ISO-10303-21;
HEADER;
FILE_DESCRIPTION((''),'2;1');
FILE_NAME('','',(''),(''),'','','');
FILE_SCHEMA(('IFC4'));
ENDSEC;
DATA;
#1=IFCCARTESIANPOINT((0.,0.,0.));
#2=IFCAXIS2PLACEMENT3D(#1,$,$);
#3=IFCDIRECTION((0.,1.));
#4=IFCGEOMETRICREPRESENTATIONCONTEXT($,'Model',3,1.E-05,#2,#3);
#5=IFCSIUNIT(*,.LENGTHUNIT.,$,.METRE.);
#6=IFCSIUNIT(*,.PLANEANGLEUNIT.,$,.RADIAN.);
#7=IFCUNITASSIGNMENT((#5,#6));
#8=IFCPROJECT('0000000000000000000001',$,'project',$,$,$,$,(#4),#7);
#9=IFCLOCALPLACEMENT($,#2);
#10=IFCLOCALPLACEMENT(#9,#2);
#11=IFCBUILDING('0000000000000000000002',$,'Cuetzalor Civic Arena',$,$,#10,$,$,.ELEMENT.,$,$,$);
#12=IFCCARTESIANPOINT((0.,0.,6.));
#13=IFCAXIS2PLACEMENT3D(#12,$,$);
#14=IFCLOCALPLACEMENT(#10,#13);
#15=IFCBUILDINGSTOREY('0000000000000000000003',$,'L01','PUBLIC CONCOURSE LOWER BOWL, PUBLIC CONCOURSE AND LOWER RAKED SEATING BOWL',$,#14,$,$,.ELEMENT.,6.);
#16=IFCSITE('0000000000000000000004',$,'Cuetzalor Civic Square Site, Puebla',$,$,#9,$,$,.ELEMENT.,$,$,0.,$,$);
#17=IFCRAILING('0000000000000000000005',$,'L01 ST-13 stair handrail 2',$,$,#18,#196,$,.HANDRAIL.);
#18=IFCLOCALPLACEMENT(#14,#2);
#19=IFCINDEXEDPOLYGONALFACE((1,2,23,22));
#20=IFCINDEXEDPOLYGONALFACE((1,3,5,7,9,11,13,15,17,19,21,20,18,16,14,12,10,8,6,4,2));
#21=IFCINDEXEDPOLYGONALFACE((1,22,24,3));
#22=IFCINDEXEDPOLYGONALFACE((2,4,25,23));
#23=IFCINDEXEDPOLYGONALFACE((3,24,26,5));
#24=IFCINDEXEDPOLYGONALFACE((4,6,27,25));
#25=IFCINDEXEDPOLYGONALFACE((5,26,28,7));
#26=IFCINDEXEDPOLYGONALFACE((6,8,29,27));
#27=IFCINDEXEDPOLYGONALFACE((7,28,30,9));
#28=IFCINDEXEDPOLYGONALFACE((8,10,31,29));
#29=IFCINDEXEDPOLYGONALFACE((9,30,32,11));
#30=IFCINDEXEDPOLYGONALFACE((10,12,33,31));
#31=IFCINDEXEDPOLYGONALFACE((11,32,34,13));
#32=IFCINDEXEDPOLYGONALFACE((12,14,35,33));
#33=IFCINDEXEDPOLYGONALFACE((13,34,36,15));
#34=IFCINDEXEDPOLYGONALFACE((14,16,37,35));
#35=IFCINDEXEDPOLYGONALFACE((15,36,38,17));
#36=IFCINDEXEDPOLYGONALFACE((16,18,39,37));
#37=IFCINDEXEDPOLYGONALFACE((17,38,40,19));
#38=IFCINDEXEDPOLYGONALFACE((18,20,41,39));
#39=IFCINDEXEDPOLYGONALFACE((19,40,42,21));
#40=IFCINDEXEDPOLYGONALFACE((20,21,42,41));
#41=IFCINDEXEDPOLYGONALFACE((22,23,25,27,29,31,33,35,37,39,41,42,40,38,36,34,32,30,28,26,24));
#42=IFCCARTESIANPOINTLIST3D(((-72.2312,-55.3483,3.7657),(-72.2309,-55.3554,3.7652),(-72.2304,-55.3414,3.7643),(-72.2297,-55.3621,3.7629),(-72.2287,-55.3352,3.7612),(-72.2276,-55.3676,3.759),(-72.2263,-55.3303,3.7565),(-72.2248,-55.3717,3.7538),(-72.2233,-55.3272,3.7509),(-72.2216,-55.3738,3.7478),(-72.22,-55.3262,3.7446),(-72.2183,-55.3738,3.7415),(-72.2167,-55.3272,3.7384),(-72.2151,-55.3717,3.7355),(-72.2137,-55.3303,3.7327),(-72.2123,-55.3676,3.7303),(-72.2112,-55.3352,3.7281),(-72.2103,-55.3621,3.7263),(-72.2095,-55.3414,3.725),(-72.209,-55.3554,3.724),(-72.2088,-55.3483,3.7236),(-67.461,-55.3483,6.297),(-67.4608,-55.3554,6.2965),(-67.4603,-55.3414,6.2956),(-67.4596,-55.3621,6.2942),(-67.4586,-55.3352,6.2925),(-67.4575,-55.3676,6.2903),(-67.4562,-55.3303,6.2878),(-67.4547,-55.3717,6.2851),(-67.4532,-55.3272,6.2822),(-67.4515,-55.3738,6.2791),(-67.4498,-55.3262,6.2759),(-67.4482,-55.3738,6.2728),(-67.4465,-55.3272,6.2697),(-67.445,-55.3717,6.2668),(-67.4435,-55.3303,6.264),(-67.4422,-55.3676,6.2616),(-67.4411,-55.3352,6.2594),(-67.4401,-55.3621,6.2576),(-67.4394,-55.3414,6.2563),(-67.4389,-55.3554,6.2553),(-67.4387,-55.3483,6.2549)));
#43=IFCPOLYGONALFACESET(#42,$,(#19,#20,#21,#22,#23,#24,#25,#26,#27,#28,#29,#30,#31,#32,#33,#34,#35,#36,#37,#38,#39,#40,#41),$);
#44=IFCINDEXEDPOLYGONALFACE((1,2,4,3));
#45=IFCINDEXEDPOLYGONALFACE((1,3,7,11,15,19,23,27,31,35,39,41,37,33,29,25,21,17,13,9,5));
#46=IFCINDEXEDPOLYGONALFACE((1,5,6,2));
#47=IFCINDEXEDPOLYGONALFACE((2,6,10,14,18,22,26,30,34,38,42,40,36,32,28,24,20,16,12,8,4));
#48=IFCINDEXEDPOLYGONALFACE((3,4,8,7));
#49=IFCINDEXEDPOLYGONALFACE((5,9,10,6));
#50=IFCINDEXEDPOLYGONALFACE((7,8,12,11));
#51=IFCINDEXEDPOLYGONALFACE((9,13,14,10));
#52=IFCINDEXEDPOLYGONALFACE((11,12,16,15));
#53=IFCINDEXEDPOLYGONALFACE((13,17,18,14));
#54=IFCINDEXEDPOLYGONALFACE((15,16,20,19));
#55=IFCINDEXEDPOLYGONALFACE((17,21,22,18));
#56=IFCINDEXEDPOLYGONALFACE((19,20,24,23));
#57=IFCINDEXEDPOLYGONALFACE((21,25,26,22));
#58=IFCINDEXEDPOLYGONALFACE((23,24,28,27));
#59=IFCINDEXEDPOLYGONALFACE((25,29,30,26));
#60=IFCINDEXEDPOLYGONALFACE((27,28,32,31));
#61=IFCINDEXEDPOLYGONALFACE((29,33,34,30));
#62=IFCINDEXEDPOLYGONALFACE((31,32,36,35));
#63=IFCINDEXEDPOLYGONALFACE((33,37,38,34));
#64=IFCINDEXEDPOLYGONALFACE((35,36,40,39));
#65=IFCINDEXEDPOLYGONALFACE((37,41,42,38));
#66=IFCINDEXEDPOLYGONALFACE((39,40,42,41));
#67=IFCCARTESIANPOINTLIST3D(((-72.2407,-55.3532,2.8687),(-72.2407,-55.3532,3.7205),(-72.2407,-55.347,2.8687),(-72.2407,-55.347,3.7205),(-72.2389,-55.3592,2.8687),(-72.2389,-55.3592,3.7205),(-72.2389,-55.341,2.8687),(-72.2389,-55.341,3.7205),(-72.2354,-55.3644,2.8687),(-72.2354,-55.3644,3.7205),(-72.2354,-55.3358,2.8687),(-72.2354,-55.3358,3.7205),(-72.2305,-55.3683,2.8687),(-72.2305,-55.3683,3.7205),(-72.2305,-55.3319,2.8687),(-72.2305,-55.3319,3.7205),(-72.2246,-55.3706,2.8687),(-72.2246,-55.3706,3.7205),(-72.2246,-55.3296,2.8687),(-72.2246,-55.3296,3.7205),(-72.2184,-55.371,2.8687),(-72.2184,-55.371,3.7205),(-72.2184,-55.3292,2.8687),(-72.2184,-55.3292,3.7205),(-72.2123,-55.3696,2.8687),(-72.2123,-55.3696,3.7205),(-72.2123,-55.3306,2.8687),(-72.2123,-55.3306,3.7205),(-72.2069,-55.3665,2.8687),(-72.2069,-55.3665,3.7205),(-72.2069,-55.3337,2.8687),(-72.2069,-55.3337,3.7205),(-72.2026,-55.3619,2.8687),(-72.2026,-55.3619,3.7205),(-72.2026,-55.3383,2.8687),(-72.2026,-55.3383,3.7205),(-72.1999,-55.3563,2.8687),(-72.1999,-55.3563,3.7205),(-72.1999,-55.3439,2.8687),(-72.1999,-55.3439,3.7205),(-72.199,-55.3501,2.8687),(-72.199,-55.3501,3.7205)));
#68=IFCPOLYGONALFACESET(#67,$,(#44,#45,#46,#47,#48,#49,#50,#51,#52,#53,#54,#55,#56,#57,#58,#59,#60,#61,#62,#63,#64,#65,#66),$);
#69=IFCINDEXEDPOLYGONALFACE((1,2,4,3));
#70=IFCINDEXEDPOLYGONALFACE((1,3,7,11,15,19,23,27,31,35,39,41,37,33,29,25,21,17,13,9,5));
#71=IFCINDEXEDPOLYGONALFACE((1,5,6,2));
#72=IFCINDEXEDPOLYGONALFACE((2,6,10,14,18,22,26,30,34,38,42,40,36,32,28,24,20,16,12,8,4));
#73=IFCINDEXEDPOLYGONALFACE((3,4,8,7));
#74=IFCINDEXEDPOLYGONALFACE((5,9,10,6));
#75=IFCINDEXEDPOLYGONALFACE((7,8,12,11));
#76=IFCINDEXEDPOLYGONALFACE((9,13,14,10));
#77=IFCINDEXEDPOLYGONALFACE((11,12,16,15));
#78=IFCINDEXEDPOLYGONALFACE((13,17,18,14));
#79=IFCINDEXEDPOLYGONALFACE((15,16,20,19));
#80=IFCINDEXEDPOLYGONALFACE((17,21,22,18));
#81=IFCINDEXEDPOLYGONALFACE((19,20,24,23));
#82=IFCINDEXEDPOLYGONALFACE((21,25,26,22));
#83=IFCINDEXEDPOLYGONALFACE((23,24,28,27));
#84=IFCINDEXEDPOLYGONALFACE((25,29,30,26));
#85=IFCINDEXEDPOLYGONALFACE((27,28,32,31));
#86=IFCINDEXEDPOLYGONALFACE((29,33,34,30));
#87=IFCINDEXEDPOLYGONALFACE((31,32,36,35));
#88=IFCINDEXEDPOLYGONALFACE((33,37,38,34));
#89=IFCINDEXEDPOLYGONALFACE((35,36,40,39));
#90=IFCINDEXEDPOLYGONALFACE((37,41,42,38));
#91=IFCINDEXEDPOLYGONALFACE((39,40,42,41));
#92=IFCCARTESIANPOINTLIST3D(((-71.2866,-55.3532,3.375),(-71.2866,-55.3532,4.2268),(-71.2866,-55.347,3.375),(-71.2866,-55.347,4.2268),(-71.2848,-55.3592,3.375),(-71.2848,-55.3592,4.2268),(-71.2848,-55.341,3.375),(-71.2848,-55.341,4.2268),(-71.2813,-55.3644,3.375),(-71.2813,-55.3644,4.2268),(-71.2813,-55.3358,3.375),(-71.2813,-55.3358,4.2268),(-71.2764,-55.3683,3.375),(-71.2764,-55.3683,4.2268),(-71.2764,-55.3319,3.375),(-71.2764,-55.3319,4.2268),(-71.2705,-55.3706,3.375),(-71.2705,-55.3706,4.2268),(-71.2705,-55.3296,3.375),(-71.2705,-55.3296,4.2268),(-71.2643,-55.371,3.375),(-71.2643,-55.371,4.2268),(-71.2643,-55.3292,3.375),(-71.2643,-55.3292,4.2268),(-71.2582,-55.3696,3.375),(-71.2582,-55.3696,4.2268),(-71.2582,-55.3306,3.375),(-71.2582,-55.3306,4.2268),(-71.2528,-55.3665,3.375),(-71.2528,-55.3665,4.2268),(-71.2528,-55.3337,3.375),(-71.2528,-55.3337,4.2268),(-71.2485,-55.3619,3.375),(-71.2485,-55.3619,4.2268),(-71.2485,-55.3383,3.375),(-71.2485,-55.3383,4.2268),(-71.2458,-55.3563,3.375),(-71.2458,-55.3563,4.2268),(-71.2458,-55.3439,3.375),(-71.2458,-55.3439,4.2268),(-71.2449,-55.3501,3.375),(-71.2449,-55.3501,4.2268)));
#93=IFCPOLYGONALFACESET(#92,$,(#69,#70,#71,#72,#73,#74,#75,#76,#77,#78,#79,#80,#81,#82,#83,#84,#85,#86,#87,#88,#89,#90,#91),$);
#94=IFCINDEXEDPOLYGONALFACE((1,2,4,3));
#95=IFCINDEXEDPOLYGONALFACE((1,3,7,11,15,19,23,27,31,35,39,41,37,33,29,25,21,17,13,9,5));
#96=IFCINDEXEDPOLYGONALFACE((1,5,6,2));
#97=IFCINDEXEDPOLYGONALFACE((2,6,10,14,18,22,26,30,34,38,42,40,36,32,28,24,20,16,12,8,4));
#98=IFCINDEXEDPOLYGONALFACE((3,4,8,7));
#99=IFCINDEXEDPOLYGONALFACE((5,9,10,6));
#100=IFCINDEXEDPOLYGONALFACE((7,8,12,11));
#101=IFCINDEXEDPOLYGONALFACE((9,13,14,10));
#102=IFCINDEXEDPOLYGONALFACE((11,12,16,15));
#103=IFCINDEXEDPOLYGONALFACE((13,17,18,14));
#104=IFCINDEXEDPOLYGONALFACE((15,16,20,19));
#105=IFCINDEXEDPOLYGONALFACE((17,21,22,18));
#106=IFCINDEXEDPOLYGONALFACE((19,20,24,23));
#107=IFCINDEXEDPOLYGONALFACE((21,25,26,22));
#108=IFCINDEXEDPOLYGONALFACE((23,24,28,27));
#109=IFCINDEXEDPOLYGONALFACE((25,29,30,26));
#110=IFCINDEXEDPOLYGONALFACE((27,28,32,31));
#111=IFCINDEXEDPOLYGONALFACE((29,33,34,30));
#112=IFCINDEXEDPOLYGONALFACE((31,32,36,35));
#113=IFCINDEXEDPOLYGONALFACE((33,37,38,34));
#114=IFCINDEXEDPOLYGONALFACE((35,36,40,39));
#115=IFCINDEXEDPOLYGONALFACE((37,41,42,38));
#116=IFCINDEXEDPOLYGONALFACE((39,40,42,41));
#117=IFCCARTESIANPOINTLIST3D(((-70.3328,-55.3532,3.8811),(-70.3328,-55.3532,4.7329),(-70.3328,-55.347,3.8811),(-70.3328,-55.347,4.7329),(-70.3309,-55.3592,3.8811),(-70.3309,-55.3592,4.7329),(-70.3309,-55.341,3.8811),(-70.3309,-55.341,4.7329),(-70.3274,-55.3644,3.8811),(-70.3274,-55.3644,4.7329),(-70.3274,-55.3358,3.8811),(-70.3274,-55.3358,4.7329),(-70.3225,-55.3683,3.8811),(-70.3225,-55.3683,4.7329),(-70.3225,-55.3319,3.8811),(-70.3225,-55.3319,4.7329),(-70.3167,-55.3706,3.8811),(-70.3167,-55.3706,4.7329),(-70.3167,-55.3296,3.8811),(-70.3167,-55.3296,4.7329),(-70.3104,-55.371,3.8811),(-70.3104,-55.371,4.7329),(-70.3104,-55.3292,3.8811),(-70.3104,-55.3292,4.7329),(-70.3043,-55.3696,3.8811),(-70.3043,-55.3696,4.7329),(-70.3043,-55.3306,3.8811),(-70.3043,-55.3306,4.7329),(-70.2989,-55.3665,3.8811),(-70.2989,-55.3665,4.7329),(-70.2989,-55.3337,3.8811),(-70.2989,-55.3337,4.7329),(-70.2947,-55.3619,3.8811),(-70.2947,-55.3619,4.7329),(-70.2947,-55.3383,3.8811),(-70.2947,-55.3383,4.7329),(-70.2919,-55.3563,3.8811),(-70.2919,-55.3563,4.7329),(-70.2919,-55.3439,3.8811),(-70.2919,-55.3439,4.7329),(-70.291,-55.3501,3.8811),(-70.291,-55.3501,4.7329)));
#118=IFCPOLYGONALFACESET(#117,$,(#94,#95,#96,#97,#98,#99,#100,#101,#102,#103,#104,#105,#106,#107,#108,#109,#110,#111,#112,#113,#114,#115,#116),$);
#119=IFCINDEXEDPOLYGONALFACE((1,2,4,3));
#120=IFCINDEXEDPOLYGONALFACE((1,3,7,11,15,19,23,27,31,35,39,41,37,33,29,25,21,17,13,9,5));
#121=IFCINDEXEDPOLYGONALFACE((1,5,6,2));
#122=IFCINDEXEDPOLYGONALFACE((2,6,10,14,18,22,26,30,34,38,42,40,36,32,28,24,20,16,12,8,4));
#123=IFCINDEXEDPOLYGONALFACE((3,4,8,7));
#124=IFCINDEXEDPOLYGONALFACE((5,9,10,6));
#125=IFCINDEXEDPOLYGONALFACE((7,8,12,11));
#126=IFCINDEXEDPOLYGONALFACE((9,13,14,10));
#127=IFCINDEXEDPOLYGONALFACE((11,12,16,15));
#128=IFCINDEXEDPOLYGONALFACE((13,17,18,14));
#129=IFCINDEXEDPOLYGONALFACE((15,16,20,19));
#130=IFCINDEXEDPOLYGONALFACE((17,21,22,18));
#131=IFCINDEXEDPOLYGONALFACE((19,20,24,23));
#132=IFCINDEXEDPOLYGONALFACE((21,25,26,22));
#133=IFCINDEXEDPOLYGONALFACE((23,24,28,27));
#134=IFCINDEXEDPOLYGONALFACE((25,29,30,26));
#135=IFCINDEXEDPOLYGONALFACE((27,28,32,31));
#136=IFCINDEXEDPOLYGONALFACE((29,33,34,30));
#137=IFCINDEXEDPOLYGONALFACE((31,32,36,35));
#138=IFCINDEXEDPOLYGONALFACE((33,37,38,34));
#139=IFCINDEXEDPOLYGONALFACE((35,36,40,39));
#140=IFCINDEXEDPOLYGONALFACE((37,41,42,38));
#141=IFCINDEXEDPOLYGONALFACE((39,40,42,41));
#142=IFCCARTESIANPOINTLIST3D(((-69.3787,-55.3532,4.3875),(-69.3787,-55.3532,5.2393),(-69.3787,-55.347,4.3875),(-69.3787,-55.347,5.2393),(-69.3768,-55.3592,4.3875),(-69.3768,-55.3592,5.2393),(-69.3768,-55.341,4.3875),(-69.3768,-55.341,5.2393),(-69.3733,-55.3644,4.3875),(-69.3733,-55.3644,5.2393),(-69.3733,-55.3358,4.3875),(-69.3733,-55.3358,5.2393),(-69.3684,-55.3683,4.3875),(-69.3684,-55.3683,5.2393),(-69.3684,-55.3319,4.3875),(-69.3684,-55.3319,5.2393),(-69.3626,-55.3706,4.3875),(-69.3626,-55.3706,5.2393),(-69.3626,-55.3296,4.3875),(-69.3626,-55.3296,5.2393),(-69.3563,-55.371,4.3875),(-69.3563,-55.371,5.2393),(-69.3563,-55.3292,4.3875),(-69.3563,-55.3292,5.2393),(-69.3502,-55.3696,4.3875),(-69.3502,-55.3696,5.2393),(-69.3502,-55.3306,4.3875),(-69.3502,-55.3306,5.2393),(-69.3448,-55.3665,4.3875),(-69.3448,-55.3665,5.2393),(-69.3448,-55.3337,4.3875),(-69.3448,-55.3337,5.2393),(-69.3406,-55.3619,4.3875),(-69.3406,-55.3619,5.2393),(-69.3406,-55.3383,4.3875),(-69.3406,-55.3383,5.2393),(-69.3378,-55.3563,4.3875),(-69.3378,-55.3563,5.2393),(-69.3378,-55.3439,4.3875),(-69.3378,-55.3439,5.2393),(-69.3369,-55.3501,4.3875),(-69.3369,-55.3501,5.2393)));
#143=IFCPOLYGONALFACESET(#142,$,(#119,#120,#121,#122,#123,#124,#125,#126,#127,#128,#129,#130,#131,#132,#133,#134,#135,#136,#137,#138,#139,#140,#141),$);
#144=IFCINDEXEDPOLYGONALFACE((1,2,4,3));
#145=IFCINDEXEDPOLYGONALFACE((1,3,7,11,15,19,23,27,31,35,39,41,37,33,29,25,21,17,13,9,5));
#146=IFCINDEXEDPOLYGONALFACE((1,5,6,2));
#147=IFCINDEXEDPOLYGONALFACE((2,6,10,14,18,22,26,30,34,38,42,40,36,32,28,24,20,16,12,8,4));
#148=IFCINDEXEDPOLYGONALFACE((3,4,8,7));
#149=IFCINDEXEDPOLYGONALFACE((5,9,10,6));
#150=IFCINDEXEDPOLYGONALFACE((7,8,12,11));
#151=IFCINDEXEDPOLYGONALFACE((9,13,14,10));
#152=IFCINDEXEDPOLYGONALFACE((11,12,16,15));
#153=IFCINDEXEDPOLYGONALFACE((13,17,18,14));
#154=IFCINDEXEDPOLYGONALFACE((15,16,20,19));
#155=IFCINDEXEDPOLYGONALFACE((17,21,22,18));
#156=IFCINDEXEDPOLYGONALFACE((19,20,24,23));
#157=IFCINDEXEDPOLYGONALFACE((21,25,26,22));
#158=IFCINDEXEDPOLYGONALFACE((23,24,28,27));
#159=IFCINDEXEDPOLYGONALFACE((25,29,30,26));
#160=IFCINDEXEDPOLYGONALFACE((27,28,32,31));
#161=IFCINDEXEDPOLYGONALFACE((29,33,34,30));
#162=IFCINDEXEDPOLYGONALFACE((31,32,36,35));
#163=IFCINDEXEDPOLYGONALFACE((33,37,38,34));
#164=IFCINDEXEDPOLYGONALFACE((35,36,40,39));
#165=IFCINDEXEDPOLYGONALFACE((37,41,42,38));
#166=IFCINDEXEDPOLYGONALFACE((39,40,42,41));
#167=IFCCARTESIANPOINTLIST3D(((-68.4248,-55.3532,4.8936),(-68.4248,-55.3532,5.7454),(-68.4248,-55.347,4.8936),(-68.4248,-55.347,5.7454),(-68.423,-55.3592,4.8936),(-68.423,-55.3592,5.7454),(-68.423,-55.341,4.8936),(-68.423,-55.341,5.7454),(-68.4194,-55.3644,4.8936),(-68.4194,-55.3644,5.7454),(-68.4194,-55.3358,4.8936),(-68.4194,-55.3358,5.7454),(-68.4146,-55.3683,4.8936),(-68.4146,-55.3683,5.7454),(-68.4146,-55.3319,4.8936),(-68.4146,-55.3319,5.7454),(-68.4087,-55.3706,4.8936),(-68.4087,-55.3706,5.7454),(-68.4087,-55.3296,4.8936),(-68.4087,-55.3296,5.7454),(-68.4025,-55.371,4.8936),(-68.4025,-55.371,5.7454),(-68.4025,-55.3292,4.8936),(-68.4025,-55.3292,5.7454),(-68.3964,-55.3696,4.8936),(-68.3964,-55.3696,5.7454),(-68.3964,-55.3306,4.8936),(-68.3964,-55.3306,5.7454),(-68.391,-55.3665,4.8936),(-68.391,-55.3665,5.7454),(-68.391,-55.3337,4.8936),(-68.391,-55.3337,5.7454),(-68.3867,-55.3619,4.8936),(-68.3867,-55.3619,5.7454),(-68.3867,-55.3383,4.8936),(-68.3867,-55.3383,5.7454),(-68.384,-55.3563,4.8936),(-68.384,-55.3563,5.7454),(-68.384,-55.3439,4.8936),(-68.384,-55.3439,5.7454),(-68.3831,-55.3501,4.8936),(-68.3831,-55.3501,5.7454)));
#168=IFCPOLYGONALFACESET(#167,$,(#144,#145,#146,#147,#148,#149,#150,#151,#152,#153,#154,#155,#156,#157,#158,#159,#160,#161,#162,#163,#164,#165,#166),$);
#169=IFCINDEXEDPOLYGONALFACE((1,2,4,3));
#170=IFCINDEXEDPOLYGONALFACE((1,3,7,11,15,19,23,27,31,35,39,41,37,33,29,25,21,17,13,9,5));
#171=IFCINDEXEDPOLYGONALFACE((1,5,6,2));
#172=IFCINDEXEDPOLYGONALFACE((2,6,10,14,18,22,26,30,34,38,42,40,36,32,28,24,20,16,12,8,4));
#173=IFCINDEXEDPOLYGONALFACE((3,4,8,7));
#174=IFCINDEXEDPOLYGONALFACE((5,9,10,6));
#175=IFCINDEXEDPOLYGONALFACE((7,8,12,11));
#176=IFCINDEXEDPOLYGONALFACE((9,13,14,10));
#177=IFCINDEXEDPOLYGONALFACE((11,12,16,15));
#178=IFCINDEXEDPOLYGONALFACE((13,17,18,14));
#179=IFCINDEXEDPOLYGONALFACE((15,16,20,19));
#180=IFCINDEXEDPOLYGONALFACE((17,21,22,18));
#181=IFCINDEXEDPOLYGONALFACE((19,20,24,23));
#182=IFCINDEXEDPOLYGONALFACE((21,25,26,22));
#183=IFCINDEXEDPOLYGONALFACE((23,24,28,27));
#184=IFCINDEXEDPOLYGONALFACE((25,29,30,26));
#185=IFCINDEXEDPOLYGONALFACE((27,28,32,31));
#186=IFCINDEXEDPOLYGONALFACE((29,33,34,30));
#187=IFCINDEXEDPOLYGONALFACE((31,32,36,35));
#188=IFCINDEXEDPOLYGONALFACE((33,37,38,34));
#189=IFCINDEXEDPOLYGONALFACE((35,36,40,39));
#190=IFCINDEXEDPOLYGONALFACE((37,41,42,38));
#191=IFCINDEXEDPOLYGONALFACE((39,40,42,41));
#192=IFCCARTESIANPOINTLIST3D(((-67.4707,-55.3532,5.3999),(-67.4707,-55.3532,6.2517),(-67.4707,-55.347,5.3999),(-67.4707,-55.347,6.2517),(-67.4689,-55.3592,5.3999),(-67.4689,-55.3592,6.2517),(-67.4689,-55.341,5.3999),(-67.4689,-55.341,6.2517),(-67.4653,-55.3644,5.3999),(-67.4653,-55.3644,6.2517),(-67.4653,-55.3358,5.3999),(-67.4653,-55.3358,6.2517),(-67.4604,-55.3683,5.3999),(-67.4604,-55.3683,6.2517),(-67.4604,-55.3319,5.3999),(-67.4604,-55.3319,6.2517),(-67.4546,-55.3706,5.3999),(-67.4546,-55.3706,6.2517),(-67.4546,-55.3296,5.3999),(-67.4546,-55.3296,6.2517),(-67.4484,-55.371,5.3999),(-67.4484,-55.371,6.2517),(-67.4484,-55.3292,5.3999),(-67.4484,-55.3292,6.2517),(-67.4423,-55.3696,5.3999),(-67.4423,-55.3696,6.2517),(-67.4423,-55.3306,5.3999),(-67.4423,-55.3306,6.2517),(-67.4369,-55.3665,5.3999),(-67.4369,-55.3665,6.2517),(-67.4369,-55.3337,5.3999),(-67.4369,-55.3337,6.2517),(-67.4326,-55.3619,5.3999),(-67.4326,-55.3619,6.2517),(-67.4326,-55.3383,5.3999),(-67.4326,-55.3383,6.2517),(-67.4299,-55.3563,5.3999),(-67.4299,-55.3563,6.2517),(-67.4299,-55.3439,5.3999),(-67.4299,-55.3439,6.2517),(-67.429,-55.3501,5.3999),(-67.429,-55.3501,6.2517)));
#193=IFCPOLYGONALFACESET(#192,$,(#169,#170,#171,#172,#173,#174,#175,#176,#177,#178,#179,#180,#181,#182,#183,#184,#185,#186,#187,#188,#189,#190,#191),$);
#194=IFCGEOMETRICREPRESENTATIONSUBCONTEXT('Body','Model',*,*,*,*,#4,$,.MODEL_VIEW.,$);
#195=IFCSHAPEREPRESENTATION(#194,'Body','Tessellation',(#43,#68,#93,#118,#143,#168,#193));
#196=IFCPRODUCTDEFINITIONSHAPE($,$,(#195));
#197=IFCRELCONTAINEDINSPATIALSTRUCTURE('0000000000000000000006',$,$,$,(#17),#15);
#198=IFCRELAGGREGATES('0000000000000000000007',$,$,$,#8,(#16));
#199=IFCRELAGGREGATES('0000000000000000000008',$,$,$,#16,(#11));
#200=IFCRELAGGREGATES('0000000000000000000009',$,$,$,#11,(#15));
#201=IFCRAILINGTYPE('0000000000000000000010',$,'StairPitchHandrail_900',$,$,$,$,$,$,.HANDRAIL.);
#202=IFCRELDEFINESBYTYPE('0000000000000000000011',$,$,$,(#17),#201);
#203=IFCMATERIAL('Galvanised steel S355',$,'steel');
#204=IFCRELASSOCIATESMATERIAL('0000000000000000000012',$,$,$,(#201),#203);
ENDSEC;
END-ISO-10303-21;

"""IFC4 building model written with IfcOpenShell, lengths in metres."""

from ifc_helpers import new_model, si_unit, direction, frame, origin, origin_2d, place, context, subcontext, project, spatial, circle, extrude, material, type_object, element, save


model = new_model("IFC4")

# Units and contexts
model_context = context("Model", 3, precision=1e-05, world=origin(), true_north=direction((0.0, 1.0)))
body_context = subcontext(model_context, "Body", "Model", "MODEL_VIEW")
ifc_project = project(units=[si_unit("LENGTHUNIT", "METRE"), si_unit("PLANEANGLEUNIT", "RADIAN")], contexts=[model_context])

# Site, building, storey
site_placement = place(None, origin())
site = spatial("IfcSite", under=ifc_project, at=site_placement, Name="Cuetzalor Civic Square Site, Puebla", CompositionType="ELEMENT", RefElevation=0.0)
building_placement = place(site_placement, origin())
building = spatial("IfcBuilding", under=site, at=building_placement, Name="Cuetzalor Civic Arena", CompositionType="ELEMENT")
storey_placement = place(building_placement, frame((0.0, 0.0, 6.0)))
storey = spatial("IfcBuildingStorey", under=building, at=storey_placement, Name="L01", Description="PUBLIC CONCOURSE LOWER BOWL, PUBLIC CONCOURSE AND LOWER RAKED SEATING BOWL", CompositionType="ELEMENT", Elevation=6.0)

# Railing
ifc_material_1 = material(Name="Galvanised steel S355", Category="steel")
railing_type_1 = type_object("IfcRailingType", Name="StairPitchHandrail_900", PredefinedType="HANDRAIL", material=ifc_material_1)
railing_1_placement = place(storey_placement, frame((-72.22, -55.3501, 2.8687)))
element("IfcRailing", 1, at=railing_1_placement, inside=storey, type_object=railing_type_1, Name="L01 ST-13 stair handrail 2", PredefinedType="HANDRAIL", context=body_context, shape_type="SweptSolid", body=[
    extrude(circle(Radius=0.0239, at=origin_2d()), frame((0.0, 0.0, 0.876), z_axis=(0.883332, 0.0, 0.468747), x_axis=(0.0, 1.0, 0.0)), (0.0, 0.0, 1.0), 5.4001),
    extrude(circle(Radius=0.021, at=origin_2d()), origin(), (0.0, 0.0, 1.0), 0.8518),
    extrude(circle(Radius=0.021, at=origin_2d()), frame((0.9541, 0.0, 0.5063)), (0.0, 0.0, 1.0), 0.8518),
    extrude(circle(Radius=0.021, at=origin_2d()), frame((1.908, 0.0, 1.0125)), (0.0, 0.0, 1.0), 0.8518),
    extrude(circle(Radius=0.021, at=origin_2d()), frame((2.8621, 0.0, 1.5188)), (0.0, 0.0, 1.0), 0.8518),
    extrude(circle(Radius=0.021, at=origin_2d()), frame((3.8159, 0.0, 2.0249)), (0.0, 0.0, 1.0), 0.8518),
    extrude(circle(Radius=0.021, at=origin_2d()), frame((4.77, 0.0, 2.5312)), (0.0, 0.0, 1.0), 0.8518),
])

save(model, "model.ifc")
